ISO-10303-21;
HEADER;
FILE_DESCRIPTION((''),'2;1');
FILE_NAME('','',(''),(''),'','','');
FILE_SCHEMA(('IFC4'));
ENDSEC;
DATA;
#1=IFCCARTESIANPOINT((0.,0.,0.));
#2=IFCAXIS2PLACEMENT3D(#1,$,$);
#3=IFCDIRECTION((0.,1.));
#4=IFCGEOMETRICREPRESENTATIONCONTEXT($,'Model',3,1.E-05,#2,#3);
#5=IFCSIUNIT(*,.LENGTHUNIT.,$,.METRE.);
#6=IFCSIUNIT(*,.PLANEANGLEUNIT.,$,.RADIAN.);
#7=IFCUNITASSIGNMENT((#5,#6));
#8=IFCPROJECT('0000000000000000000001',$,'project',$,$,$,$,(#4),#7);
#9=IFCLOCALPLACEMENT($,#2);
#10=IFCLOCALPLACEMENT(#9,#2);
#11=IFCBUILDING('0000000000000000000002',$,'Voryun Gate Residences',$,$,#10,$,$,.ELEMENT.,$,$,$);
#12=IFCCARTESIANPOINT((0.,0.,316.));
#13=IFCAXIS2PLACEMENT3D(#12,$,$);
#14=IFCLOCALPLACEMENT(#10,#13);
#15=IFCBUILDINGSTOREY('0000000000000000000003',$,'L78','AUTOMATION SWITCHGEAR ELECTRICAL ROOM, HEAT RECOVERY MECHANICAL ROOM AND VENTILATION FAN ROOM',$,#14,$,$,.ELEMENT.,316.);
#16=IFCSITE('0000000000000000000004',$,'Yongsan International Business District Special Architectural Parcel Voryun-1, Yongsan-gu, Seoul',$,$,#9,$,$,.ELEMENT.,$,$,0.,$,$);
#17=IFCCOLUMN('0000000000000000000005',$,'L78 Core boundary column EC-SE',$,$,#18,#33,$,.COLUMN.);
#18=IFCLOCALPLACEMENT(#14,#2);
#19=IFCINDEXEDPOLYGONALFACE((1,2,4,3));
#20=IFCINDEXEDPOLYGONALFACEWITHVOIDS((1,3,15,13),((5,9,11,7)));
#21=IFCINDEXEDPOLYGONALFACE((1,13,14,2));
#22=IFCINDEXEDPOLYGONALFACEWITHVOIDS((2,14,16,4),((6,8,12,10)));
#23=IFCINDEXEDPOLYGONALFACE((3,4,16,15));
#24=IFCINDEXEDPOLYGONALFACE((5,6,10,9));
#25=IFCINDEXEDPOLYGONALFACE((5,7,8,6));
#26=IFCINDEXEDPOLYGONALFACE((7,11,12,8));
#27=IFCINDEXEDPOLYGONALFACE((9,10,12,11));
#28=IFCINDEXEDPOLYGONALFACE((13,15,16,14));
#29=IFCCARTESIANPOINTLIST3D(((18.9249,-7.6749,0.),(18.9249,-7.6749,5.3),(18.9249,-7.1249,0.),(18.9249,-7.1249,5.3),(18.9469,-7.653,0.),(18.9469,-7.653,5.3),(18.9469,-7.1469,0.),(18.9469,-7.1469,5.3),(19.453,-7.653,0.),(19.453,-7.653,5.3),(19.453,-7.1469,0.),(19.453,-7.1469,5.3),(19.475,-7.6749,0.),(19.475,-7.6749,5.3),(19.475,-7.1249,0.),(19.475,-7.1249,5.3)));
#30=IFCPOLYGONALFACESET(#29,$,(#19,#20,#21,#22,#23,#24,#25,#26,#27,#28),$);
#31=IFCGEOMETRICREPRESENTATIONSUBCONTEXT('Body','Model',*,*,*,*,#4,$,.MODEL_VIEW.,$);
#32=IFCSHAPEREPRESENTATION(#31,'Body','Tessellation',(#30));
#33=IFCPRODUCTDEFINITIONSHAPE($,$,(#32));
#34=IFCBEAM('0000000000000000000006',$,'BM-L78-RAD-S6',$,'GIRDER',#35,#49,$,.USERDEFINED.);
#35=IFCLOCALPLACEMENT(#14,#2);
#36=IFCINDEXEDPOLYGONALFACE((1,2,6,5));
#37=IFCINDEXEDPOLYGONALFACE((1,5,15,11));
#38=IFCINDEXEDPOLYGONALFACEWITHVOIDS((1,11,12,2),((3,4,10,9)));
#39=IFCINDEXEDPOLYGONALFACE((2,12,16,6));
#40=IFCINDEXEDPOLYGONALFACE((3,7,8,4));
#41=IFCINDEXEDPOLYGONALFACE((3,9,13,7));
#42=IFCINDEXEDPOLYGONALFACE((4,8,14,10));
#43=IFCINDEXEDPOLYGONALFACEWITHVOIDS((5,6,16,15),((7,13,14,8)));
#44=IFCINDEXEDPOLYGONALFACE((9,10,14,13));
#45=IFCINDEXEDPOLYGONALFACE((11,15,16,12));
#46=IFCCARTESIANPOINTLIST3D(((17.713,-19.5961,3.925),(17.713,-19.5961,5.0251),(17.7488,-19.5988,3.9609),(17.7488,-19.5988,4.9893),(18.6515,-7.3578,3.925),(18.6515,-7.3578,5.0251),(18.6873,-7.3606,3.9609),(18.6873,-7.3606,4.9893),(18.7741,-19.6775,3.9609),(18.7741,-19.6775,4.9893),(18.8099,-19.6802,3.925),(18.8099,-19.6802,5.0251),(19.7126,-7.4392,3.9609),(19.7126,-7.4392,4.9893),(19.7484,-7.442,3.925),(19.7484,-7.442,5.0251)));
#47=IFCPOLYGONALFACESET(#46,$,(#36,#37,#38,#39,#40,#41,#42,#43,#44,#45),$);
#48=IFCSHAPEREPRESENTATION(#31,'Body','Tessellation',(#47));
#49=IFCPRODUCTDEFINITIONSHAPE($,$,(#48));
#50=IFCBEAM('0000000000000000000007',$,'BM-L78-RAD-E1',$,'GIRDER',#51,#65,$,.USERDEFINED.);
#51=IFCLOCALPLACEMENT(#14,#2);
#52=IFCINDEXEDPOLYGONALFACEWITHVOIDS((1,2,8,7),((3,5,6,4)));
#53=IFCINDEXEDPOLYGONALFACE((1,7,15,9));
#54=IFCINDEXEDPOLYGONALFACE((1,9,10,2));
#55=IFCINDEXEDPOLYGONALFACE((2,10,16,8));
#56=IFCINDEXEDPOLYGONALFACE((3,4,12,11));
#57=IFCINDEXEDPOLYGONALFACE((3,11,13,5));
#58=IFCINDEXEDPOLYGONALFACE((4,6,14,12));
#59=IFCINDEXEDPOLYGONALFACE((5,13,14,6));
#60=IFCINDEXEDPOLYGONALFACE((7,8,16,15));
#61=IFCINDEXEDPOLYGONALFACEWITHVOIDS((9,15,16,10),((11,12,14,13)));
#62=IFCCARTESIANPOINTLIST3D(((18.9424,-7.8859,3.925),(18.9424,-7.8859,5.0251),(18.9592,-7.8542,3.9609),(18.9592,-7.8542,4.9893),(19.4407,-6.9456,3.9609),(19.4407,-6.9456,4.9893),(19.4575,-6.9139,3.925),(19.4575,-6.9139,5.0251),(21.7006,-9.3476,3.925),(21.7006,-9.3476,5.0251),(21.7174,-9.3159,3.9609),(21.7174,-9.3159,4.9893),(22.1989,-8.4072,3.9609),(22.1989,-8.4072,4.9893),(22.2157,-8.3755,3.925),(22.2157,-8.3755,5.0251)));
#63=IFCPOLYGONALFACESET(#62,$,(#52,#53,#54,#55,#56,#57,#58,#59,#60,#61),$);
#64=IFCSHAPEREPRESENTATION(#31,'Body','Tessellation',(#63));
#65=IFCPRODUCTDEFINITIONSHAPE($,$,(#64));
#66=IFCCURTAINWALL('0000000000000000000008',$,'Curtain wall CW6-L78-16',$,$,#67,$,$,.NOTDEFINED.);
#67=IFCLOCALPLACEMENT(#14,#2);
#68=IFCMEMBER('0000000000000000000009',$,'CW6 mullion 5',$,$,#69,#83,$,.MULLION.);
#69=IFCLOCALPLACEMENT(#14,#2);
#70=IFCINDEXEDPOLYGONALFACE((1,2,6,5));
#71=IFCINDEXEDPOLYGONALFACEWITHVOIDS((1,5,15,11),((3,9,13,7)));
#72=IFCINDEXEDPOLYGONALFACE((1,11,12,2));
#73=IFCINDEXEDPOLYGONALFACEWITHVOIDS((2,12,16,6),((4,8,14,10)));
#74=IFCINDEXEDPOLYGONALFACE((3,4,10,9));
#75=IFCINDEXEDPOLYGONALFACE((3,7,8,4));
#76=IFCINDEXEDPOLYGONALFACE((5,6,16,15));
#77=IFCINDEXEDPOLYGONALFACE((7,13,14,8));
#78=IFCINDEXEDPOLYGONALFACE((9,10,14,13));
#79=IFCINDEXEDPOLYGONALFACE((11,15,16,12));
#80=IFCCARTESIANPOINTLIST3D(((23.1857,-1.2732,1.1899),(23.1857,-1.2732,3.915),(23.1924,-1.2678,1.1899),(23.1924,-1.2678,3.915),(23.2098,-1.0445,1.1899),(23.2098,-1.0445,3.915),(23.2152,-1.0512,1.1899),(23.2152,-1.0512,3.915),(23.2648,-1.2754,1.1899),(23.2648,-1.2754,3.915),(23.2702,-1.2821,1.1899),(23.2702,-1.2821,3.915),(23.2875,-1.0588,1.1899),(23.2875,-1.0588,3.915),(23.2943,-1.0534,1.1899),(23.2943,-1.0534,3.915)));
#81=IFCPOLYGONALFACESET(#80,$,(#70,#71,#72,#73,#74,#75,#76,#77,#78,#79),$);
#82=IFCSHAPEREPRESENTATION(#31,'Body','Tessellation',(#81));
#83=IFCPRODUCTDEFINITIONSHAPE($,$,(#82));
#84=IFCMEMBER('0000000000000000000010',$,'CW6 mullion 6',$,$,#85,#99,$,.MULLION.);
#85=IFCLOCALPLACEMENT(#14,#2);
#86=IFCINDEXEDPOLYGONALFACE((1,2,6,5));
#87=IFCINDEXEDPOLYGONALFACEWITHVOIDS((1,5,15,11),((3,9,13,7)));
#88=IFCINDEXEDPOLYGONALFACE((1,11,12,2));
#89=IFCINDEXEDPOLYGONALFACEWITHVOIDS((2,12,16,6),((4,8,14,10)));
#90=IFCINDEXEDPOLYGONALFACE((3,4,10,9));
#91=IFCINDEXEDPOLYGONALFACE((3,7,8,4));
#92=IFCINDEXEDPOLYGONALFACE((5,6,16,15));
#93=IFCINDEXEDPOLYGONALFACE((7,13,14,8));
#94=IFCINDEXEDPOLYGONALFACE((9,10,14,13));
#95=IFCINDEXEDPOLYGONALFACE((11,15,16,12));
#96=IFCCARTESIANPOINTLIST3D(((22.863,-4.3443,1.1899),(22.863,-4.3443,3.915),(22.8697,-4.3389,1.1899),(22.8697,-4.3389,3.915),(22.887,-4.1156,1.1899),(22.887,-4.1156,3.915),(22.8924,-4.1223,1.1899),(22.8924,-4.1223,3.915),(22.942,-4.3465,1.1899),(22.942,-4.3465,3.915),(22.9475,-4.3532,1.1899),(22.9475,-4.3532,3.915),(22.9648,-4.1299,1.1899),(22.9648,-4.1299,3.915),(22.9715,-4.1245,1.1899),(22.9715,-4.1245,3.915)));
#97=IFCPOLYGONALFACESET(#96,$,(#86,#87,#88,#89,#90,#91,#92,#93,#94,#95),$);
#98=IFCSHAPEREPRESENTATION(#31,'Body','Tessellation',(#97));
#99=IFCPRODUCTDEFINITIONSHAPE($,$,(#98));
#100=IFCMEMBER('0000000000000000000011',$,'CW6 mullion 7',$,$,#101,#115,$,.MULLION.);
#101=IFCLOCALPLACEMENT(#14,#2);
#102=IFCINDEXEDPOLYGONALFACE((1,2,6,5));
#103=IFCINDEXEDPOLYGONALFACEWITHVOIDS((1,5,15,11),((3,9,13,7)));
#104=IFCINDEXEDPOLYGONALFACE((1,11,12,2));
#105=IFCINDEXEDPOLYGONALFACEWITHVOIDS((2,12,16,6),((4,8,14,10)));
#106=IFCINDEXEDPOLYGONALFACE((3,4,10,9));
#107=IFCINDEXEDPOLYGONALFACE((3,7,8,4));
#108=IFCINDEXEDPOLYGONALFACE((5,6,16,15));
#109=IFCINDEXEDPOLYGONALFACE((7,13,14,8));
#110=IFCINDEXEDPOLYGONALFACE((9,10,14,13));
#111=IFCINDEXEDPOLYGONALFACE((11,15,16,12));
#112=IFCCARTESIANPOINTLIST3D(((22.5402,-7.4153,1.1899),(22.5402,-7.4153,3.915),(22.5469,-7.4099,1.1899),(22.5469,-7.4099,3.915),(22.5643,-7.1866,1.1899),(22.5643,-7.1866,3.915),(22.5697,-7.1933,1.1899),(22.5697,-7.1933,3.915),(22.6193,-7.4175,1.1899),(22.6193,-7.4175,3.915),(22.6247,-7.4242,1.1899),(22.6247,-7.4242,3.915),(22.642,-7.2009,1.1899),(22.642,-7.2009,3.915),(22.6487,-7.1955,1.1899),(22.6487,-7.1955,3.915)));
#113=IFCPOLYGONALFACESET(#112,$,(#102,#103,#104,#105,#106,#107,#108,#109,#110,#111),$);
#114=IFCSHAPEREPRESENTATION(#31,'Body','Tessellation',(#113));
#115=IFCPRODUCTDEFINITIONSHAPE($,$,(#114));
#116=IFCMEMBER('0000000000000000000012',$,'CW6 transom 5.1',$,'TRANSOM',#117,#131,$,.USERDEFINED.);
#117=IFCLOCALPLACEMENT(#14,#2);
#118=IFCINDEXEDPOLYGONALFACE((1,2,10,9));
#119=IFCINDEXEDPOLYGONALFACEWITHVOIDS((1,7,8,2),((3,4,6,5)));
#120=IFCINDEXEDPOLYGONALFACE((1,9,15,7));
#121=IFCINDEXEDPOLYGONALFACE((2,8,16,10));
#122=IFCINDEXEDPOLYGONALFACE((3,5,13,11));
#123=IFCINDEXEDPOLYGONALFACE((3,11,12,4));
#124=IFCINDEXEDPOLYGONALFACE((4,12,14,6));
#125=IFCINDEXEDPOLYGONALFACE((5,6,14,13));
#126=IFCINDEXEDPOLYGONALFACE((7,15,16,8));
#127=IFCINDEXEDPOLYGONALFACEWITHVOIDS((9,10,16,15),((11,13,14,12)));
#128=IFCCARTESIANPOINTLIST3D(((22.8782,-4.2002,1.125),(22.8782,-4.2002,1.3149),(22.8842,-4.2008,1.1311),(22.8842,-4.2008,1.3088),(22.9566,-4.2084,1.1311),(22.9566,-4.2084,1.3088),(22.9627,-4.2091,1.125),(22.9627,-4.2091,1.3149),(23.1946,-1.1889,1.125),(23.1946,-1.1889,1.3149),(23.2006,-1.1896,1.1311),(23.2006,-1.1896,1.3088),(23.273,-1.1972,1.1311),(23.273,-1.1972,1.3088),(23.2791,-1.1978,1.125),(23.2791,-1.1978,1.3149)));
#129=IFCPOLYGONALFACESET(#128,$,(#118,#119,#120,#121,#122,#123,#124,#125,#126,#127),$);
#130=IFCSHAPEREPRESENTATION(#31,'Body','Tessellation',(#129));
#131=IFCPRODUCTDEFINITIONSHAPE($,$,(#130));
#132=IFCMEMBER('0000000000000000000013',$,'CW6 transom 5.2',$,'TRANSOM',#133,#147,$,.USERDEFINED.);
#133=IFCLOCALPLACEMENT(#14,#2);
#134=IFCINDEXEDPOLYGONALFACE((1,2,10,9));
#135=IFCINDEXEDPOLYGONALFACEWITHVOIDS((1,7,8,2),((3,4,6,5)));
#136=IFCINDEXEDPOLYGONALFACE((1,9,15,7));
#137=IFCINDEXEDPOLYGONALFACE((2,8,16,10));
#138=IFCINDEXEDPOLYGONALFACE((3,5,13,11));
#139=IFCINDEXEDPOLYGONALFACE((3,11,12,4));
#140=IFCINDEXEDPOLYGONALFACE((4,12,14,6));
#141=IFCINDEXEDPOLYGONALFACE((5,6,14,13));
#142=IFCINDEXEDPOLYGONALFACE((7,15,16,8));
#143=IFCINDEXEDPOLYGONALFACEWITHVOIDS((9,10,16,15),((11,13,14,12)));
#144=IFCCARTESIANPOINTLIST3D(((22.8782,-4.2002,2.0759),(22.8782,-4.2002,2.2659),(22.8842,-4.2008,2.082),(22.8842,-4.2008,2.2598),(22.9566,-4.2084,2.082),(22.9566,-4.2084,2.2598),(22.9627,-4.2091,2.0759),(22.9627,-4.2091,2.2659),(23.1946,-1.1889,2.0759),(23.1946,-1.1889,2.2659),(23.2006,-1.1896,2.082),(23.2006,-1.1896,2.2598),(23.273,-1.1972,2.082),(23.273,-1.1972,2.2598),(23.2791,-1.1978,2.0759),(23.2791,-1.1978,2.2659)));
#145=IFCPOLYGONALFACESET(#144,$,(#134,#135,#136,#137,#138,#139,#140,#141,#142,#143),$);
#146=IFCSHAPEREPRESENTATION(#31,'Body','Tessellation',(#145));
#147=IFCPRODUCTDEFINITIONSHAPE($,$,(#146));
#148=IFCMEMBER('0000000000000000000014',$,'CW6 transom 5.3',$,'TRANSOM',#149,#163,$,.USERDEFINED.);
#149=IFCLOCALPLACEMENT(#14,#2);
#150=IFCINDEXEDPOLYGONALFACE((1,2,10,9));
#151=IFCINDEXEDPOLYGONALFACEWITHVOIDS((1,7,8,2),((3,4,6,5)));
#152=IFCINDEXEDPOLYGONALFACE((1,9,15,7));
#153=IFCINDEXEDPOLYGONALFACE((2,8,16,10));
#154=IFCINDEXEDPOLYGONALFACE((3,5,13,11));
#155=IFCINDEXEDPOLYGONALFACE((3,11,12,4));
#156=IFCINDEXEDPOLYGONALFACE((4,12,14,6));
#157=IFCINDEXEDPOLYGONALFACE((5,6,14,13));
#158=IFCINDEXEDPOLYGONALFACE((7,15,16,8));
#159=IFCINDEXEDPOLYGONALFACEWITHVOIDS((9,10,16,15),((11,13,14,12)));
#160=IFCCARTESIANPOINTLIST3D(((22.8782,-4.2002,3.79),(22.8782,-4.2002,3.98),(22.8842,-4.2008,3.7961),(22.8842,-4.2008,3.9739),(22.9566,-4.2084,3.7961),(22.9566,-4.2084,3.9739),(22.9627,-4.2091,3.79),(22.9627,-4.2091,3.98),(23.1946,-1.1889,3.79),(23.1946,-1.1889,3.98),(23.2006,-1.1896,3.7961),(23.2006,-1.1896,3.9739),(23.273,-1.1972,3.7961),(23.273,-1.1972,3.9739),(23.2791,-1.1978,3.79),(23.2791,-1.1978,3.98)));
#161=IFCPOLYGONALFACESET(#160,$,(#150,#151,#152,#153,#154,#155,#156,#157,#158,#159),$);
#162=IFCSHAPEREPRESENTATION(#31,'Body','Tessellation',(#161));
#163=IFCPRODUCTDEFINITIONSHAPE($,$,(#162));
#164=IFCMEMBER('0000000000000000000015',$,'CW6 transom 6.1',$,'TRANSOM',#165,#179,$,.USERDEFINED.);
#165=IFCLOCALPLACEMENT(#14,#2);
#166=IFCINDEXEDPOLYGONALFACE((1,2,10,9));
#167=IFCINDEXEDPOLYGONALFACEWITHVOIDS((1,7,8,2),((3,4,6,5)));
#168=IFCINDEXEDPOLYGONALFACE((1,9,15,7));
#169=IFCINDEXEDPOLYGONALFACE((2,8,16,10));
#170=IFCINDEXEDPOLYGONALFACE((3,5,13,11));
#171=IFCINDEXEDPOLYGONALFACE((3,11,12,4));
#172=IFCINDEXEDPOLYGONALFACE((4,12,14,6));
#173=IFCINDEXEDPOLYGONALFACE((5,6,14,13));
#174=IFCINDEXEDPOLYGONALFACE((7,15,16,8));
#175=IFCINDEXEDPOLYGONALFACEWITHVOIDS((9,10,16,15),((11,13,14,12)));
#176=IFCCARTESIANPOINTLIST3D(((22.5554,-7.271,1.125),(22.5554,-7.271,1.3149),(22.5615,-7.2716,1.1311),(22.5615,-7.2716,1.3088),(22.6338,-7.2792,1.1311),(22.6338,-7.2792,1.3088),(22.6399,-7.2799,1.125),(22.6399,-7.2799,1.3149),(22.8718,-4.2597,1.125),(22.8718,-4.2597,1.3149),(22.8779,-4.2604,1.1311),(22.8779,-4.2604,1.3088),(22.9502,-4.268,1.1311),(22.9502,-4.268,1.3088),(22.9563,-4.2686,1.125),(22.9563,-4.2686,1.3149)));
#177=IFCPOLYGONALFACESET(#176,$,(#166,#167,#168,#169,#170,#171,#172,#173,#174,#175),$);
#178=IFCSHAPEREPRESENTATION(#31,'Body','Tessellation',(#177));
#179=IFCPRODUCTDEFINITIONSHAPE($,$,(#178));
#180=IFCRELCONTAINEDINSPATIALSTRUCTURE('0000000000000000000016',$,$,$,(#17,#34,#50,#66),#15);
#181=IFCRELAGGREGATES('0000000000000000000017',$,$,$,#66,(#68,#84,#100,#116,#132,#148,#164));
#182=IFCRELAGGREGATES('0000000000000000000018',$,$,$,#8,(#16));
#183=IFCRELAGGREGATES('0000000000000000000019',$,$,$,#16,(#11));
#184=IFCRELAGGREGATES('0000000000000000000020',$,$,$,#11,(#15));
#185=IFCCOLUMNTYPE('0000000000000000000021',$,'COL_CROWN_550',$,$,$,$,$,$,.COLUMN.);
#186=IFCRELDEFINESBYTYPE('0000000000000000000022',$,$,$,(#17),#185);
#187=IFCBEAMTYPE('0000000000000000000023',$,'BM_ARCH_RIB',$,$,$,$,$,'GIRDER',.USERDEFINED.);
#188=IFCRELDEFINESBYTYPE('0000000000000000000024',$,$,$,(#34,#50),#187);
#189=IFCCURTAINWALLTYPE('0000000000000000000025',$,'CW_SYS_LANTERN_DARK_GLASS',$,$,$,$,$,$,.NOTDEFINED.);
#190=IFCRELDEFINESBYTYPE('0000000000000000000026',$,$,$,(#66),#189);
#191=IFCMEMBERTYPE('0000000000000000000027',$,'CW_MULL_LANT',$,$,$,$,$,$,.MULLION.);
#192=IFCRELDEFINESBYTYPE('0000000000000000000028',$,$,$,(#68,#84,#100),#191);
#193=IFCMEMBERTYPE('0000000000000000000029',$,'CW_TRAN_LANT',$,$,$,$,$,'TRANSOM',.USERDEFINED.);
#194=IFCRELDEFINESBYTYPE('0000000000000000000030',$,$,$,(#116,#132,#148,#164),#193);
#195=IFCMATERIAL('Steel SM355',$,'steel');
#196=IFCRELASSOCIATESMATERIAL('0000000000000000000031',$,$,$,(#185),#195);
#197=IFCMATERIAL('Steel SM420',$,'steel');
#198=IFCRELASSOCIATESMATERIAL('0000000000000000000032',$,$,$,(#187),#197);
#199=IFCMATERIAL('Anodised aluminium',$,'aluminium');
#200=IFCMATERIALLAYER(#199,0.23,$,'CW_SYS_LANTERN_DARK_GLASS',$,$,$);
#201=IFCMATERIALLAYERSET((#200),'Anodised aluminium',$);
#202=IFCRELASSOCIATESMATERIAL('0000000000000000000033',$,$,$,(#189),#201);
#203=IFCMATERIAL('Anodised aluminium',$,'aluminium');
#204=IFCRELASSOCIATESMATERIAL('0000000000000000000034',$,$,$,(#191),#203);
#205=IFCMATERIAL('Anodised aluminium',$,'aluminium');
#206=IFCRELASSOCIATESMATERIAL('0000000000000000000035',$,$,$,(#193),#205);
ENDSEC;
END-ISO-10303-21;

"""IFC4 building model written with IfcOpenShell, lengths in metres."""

from ifc_helpers import new_model, si_unit, direction, frame, origin, origin_2d, place, context, subcontext, project, spatial, hollow_rectangle, extrude, material, layer, layer_set, material_profile, profile_set, type_object, element, aggregate, save


model = new_model("IFC4")

# Units and contexts
model_context = context("Model", 3, precision=1e-05, world=origin(), true_north=direction((0.0, 1.0)))
body_context = subcontext(model_context, "Body", "Model", "MODEL_VIEW")
ifc_project = project(units=[si_unit("LENGTHUNIT", "METRE"), si_unit("PLANEANGLEUNIT", "RADIAN")], contexts=[model_context])

# Site, building, storey
site_placement = place(None, origin())
site = spatial("IfcSite", under=ifc_project, at=site_placement, Name="Yongsan International Business District Special Architectural Parcel Voryun-1, Yongsan-gu, Seoul", CompositionType="ELEMENT", RefElevation=0.0)
building_placement = place(site_placement, origin())
building = spatial("IfcBuilding", under=site, at=building_placement, Name="Voryun Gate Residences", CompositionType="ELEMENT")
storey_placement = place(building_placement, frame((0.0, 0.0, 316.0)))
storey = spatial("IfcBuildingStorey", under=building, at=storey_placement, Name="L78", Description="AUTOMATION SWITCHGEAR ELECTRICAL ROOM, HEAT RECOVERY MECHANICAL ROOM AND VENTILATION FAN ROOM", CompositionType="ELEMENT", Elevation=316.0)

# Column
ifc_material_1 = material(Name="Steel SM355", Category="steel")
ifc_material_profile_1 = material_profile(ifc_material_1, hollow_rectangle(XDim=0.55, YDim=0.55, WallThickness=0.022, at=origin_2d()), Name="BOX-550x550x22")
ifc_profile_set_1 = profile_set([ifc_material_profile_1], Name="Steel SM355")
column_type = type_object("IfcColumnType", Name="COL_CROWN_550", PredefinedType="COLUMN", material=ifc_profile_set_1)
column_placement = place(storey_placement, frame((19.2, -7.3999, 0.0), z_axis=(0.0, 0.0, 1.0), x_axis=(1.0, 0.0, 0.0)))
element("IfcColumn", 1, at=column_placement, inside=storey, type_object=column_type, Name="L78 Core boundary column EC-SE", PredefinedType="COLUMN", context=body_context, shape_type="SweptSolid", body=[
    extrude(hollow_rectangle(XDim=0.55, YDim=0.55, WallThickness=0.022, at=origin_2d()), origin(), (0.0, 0.0, 1.0), 5.3),
])

# Beams
ifc_material_2 = material(Name="Steel SM420", Category="steel")
ifc_material_profile_2 = material_profile(ifc_material_2, hollow_rectangle(XDim=1.1001, YDim=1.1001, WallThickness=0.0359, at=origin_2d()), Name="BOX-1100x1100x36")
ifc_profile_set_2 = profile_set([ifc_material_profile_2], Name="Steel SM420")
beam_type = type_object("IfcBeamType", Name="BM_ARCH_RIB", ElementType="GIRDER", PredefinedType="USERDEFINED", material=ifc_profile_set_2)
beam_1_placement = place(storey_placement, frame((19.2, -7.3999, 4.4751), z_axis=(-0.076459, -0.997073, 0.0), x_axis=(0.997073, -0.076459, 0.0)))
element("IfcBeam", 2, at=beam_1_placement, inside=storey, type_object=beam_type, Name="BM-L78-RAD-S6", ObjectType="GIRDER", PredefinedType="USERDEFINED", context=body_context, shape_type="SweptSolid", body=[
    extrude(hollow_rectangle(XDim=1.1001, YDim=1.1001, WallThickness=0.0359, at=origin_2d()), origin(), (0.0, 0.0, 1.0), 12.2742),
])
beam_2_placement = place(storey_placement, frame((19.2, -7.3999, 4.4751), z_axis=(0.883603, -0.468236, 0.0), x_axis=(0.468236, 0.883603, 0.0)))
element("IfcBeam", 3, at=beam_2_placement, inside=storey, type_object=beam_type, Name="BM-L78-RAD-E1", ObjectType="GIRDER", PredefinedType="USERDEFINED", context=body_context, shape_type="SweptSolid", body=[
    extrude(hollow_rectangle(XDim=1.1001, YDim=1.1001, WallThickness=0.0359, at=origin_2d()), origin(), (0.0, 0.0, 1.0), 3.1216),
])

# Curtain wall, members
ifc_material_3 = material(Name="Anodised aluminium", Category="aluminium")
ifc_layer_1 = layer(ifc_material_3, 0.23, Name="CW_SYS_LANTERN_DARK_GLASS")
ifc_layer_set_1 = layer_set([ifc_layer_1], Name="Anodised aluminium")
curtain_wall_type = type_object("IfcCurtainWallType", Name="CW_SYS_LANTERN_DARK_GLASS", PredefinedType="NOTDEFINED", material=ifc_layer_set_1)
curtain_wall_placement = place(storey_placement, origin())
curtain_wall = element("IfcCurtainWall", 4, at=curtain_wall_placement, inside=storey, type_object=curtain_wall_type, Name="Curtain wall CW6-L78-16", PredefinedType="NOTDEFINED")
ifc_material_4 = material(Name="Anodised aluminium", Category="aluminium")
ifc_material_profile_3 = material_profile(ifc_material_4, hollow_rectangle(XDim=0.085, YDim=0.23, WallThickness=0.0061, at=origin_2d()), Name="ALU-MULL-230x85x6")
ifc_profile_set_3 = profile_set([ifc_material_profile_3], Name="Anodised aluminium")
member_type_1 = type_object("IfcMemberType", Name="CW_MULL_LANT", PredefinedType="MULLION", material=ifc_profile_set_3)
member_1_placement = place(storey_placement, frame((23.24, -1.1633, 1.1899), z_axis=(0.0, 0.0, 1.0), x_axis=(0.994522, -0.104528, 0.0)))
member_1 = element("IfcMember", 5, at=member_1_placement, type_object=member_type_1, Name="CW6 mullion 5", PredefinedType="MULLION", context=body_context, shape_type="SweptSolid", body=[
    extrude(hollow_rectangle(XDim=0.085, YDim=0.23, WallThickness=0.0061, at=origin_2d()), origin(), (0.0, 0.0, 1.0), 2.7251),
])
member_2_placement = place(storey_placement, frame((22.9172, -4.2344, 1.1899), z_axis=(0.0, 0.0, 1.0), x_axis=(0.994522, -0.104528, 0.0)))
member_2 = element("IfcMember", 6, at=member_2_placement, type_object=member_type_1, Name="CW6 mullion 6", PredefinedType="MULLION", context=body_context, shape_type="SweptSolid", body=[
    extrude(hollow_rectangle(XDim=0.085, YDim=0.23, WallThickness=0.0061, at=origin_2d()), origin(), (0.0, 0.0, 1.0), 2.7251),
])
member_3_placement = place(storey_placement, frame((22.5945, -7.3054, 1.1899), z_axis=(0.0, 0.0, 1.0), x_axis=(0.994522, -0.104528, 0.0)))
member_3 = element("IfcMember", 7, at=member_3_placement, type_object=member_type_1, Name="CW6 mullion 7", PredefinedType="MULLION", context=body_context, shape_type="SweptSolid", body=[
    extrude(hollow_rectangle(XDim=0.085, YDim=0.23, WallThickness=0.0061, at=origin_2d()), origin(), (0.0, 0.0, 1.0), 2.7251),
])
ifc_material_5 = material(Name="Anodised aluminium", Category="aluminium")
ifc_material_profile_4 = material_profile(ifc_material_5, hollow_rectangle(XDim=0.085, YDim=0.1899, WallThickness=0.0061, at=origin_2d()), Name="ALU-TRAN-190x85x6")
ifc_profile_set_4 = profile_set([ifc_material_profile_4], Name="Anodised aluminium")
member_type_2 = type_object("IfcMemberType", Name="CW_TRAN_LANT", ElementType="TRANSOM", PredefinedType="USERDEFINED", material=ifc_profile_set_4)
member_4_placement = place(storey_placement, frame((23.2368, -1.1934, 1.22), z_axis=(-0.1045, -0.994525, 0.0), x_axis=(0.994525, -0.1045, 0.0)))
member_4 = element("IfcMember", 8, at=member_4_placement, type_object=member_type_2, Name="CW6 transom 5.1", ObjectType="TRANSOM", PredefinedType="USERDEFINED", context=body_context, shape_type="SweptSolid", body=[
    extrude(hollow_rectangle(XDim=0.085, YDim=0.1899, WallThickness=0.0061, at=origin_2d()), origin(), (0.0, 0.0, 1.0), 3.0278),
])
member_5_placement = place(storey_placement, frame((23.2368, -1.1934, 2.1709), z_axis=(-0.1045, -0.994525, 0.0), x_axis=(0.994525, -0.1045, 0.0)))
member_5 = element("IfcMember", 9, at=member_5_placement, type_object=member_type_2, Name="CW6 transom 5.2", ObjectType="TRANSOM", PredefinedType="USERDEFINED", context=body_context, shape_type="SweptSolid", body=[
    extrude(hollow_rectangle(XDim=0.085, YDim=0.1899, WallThickness=0.0061, at=origin_2d()), origin(), (0.0, 0.0, 1.0), 3.0278),
])
member_6_placement = place(storey_placement, frame((23.2368, -1.1934, 3.885), z_axis=(-0.1045, -0.994525, 0.0), x_axis=(0.994525, -0.1045, 0.0)))
member_6 = element("IfcMember", 10, at=member_6_placement, type_object=member_type_2, Name="CW6 transom 5.3", ObjectType="TRANSOM", PredefinedType="USERDEFINED", context=body_context, shape_type="SweptSolid", body=[
    extrude(hollow_rectangle(XDim=0.085, YDim=0.1899, WallThickness=0.0061, at=origin_2d()), origin(), (0.0, 0.0, 1.0), 3.0278),
])
member_7_placement = place(storey_placement, frame((22.9141, -4.2642, 1.22), z_axis=(-0.1045, -0.994525, 0.0), x_axis=(0.994525, -0.1045, 0.0)))
member_7 = element("IfcMember", 11, at=member_7_placement, type_object=member_type_2, Name="CW6 transom 6.1", ObjectType="TRANSOM", PredefinedType="USERDEFINED", context=body_context, shape_type="SweptSolid", body=[
    extrude(hollow_rectangle(XDim=0.085, YDim=0.1899, WallThickness=0.0061, at=origin_2d()), origin(), (0.0, 0.0, 1.0), 3.0278),
])

aggregate(curtain_wall, [member_1, member_2, member_3, member_4, member_5, member_6, member_7])

save(model, "model.ifc")
